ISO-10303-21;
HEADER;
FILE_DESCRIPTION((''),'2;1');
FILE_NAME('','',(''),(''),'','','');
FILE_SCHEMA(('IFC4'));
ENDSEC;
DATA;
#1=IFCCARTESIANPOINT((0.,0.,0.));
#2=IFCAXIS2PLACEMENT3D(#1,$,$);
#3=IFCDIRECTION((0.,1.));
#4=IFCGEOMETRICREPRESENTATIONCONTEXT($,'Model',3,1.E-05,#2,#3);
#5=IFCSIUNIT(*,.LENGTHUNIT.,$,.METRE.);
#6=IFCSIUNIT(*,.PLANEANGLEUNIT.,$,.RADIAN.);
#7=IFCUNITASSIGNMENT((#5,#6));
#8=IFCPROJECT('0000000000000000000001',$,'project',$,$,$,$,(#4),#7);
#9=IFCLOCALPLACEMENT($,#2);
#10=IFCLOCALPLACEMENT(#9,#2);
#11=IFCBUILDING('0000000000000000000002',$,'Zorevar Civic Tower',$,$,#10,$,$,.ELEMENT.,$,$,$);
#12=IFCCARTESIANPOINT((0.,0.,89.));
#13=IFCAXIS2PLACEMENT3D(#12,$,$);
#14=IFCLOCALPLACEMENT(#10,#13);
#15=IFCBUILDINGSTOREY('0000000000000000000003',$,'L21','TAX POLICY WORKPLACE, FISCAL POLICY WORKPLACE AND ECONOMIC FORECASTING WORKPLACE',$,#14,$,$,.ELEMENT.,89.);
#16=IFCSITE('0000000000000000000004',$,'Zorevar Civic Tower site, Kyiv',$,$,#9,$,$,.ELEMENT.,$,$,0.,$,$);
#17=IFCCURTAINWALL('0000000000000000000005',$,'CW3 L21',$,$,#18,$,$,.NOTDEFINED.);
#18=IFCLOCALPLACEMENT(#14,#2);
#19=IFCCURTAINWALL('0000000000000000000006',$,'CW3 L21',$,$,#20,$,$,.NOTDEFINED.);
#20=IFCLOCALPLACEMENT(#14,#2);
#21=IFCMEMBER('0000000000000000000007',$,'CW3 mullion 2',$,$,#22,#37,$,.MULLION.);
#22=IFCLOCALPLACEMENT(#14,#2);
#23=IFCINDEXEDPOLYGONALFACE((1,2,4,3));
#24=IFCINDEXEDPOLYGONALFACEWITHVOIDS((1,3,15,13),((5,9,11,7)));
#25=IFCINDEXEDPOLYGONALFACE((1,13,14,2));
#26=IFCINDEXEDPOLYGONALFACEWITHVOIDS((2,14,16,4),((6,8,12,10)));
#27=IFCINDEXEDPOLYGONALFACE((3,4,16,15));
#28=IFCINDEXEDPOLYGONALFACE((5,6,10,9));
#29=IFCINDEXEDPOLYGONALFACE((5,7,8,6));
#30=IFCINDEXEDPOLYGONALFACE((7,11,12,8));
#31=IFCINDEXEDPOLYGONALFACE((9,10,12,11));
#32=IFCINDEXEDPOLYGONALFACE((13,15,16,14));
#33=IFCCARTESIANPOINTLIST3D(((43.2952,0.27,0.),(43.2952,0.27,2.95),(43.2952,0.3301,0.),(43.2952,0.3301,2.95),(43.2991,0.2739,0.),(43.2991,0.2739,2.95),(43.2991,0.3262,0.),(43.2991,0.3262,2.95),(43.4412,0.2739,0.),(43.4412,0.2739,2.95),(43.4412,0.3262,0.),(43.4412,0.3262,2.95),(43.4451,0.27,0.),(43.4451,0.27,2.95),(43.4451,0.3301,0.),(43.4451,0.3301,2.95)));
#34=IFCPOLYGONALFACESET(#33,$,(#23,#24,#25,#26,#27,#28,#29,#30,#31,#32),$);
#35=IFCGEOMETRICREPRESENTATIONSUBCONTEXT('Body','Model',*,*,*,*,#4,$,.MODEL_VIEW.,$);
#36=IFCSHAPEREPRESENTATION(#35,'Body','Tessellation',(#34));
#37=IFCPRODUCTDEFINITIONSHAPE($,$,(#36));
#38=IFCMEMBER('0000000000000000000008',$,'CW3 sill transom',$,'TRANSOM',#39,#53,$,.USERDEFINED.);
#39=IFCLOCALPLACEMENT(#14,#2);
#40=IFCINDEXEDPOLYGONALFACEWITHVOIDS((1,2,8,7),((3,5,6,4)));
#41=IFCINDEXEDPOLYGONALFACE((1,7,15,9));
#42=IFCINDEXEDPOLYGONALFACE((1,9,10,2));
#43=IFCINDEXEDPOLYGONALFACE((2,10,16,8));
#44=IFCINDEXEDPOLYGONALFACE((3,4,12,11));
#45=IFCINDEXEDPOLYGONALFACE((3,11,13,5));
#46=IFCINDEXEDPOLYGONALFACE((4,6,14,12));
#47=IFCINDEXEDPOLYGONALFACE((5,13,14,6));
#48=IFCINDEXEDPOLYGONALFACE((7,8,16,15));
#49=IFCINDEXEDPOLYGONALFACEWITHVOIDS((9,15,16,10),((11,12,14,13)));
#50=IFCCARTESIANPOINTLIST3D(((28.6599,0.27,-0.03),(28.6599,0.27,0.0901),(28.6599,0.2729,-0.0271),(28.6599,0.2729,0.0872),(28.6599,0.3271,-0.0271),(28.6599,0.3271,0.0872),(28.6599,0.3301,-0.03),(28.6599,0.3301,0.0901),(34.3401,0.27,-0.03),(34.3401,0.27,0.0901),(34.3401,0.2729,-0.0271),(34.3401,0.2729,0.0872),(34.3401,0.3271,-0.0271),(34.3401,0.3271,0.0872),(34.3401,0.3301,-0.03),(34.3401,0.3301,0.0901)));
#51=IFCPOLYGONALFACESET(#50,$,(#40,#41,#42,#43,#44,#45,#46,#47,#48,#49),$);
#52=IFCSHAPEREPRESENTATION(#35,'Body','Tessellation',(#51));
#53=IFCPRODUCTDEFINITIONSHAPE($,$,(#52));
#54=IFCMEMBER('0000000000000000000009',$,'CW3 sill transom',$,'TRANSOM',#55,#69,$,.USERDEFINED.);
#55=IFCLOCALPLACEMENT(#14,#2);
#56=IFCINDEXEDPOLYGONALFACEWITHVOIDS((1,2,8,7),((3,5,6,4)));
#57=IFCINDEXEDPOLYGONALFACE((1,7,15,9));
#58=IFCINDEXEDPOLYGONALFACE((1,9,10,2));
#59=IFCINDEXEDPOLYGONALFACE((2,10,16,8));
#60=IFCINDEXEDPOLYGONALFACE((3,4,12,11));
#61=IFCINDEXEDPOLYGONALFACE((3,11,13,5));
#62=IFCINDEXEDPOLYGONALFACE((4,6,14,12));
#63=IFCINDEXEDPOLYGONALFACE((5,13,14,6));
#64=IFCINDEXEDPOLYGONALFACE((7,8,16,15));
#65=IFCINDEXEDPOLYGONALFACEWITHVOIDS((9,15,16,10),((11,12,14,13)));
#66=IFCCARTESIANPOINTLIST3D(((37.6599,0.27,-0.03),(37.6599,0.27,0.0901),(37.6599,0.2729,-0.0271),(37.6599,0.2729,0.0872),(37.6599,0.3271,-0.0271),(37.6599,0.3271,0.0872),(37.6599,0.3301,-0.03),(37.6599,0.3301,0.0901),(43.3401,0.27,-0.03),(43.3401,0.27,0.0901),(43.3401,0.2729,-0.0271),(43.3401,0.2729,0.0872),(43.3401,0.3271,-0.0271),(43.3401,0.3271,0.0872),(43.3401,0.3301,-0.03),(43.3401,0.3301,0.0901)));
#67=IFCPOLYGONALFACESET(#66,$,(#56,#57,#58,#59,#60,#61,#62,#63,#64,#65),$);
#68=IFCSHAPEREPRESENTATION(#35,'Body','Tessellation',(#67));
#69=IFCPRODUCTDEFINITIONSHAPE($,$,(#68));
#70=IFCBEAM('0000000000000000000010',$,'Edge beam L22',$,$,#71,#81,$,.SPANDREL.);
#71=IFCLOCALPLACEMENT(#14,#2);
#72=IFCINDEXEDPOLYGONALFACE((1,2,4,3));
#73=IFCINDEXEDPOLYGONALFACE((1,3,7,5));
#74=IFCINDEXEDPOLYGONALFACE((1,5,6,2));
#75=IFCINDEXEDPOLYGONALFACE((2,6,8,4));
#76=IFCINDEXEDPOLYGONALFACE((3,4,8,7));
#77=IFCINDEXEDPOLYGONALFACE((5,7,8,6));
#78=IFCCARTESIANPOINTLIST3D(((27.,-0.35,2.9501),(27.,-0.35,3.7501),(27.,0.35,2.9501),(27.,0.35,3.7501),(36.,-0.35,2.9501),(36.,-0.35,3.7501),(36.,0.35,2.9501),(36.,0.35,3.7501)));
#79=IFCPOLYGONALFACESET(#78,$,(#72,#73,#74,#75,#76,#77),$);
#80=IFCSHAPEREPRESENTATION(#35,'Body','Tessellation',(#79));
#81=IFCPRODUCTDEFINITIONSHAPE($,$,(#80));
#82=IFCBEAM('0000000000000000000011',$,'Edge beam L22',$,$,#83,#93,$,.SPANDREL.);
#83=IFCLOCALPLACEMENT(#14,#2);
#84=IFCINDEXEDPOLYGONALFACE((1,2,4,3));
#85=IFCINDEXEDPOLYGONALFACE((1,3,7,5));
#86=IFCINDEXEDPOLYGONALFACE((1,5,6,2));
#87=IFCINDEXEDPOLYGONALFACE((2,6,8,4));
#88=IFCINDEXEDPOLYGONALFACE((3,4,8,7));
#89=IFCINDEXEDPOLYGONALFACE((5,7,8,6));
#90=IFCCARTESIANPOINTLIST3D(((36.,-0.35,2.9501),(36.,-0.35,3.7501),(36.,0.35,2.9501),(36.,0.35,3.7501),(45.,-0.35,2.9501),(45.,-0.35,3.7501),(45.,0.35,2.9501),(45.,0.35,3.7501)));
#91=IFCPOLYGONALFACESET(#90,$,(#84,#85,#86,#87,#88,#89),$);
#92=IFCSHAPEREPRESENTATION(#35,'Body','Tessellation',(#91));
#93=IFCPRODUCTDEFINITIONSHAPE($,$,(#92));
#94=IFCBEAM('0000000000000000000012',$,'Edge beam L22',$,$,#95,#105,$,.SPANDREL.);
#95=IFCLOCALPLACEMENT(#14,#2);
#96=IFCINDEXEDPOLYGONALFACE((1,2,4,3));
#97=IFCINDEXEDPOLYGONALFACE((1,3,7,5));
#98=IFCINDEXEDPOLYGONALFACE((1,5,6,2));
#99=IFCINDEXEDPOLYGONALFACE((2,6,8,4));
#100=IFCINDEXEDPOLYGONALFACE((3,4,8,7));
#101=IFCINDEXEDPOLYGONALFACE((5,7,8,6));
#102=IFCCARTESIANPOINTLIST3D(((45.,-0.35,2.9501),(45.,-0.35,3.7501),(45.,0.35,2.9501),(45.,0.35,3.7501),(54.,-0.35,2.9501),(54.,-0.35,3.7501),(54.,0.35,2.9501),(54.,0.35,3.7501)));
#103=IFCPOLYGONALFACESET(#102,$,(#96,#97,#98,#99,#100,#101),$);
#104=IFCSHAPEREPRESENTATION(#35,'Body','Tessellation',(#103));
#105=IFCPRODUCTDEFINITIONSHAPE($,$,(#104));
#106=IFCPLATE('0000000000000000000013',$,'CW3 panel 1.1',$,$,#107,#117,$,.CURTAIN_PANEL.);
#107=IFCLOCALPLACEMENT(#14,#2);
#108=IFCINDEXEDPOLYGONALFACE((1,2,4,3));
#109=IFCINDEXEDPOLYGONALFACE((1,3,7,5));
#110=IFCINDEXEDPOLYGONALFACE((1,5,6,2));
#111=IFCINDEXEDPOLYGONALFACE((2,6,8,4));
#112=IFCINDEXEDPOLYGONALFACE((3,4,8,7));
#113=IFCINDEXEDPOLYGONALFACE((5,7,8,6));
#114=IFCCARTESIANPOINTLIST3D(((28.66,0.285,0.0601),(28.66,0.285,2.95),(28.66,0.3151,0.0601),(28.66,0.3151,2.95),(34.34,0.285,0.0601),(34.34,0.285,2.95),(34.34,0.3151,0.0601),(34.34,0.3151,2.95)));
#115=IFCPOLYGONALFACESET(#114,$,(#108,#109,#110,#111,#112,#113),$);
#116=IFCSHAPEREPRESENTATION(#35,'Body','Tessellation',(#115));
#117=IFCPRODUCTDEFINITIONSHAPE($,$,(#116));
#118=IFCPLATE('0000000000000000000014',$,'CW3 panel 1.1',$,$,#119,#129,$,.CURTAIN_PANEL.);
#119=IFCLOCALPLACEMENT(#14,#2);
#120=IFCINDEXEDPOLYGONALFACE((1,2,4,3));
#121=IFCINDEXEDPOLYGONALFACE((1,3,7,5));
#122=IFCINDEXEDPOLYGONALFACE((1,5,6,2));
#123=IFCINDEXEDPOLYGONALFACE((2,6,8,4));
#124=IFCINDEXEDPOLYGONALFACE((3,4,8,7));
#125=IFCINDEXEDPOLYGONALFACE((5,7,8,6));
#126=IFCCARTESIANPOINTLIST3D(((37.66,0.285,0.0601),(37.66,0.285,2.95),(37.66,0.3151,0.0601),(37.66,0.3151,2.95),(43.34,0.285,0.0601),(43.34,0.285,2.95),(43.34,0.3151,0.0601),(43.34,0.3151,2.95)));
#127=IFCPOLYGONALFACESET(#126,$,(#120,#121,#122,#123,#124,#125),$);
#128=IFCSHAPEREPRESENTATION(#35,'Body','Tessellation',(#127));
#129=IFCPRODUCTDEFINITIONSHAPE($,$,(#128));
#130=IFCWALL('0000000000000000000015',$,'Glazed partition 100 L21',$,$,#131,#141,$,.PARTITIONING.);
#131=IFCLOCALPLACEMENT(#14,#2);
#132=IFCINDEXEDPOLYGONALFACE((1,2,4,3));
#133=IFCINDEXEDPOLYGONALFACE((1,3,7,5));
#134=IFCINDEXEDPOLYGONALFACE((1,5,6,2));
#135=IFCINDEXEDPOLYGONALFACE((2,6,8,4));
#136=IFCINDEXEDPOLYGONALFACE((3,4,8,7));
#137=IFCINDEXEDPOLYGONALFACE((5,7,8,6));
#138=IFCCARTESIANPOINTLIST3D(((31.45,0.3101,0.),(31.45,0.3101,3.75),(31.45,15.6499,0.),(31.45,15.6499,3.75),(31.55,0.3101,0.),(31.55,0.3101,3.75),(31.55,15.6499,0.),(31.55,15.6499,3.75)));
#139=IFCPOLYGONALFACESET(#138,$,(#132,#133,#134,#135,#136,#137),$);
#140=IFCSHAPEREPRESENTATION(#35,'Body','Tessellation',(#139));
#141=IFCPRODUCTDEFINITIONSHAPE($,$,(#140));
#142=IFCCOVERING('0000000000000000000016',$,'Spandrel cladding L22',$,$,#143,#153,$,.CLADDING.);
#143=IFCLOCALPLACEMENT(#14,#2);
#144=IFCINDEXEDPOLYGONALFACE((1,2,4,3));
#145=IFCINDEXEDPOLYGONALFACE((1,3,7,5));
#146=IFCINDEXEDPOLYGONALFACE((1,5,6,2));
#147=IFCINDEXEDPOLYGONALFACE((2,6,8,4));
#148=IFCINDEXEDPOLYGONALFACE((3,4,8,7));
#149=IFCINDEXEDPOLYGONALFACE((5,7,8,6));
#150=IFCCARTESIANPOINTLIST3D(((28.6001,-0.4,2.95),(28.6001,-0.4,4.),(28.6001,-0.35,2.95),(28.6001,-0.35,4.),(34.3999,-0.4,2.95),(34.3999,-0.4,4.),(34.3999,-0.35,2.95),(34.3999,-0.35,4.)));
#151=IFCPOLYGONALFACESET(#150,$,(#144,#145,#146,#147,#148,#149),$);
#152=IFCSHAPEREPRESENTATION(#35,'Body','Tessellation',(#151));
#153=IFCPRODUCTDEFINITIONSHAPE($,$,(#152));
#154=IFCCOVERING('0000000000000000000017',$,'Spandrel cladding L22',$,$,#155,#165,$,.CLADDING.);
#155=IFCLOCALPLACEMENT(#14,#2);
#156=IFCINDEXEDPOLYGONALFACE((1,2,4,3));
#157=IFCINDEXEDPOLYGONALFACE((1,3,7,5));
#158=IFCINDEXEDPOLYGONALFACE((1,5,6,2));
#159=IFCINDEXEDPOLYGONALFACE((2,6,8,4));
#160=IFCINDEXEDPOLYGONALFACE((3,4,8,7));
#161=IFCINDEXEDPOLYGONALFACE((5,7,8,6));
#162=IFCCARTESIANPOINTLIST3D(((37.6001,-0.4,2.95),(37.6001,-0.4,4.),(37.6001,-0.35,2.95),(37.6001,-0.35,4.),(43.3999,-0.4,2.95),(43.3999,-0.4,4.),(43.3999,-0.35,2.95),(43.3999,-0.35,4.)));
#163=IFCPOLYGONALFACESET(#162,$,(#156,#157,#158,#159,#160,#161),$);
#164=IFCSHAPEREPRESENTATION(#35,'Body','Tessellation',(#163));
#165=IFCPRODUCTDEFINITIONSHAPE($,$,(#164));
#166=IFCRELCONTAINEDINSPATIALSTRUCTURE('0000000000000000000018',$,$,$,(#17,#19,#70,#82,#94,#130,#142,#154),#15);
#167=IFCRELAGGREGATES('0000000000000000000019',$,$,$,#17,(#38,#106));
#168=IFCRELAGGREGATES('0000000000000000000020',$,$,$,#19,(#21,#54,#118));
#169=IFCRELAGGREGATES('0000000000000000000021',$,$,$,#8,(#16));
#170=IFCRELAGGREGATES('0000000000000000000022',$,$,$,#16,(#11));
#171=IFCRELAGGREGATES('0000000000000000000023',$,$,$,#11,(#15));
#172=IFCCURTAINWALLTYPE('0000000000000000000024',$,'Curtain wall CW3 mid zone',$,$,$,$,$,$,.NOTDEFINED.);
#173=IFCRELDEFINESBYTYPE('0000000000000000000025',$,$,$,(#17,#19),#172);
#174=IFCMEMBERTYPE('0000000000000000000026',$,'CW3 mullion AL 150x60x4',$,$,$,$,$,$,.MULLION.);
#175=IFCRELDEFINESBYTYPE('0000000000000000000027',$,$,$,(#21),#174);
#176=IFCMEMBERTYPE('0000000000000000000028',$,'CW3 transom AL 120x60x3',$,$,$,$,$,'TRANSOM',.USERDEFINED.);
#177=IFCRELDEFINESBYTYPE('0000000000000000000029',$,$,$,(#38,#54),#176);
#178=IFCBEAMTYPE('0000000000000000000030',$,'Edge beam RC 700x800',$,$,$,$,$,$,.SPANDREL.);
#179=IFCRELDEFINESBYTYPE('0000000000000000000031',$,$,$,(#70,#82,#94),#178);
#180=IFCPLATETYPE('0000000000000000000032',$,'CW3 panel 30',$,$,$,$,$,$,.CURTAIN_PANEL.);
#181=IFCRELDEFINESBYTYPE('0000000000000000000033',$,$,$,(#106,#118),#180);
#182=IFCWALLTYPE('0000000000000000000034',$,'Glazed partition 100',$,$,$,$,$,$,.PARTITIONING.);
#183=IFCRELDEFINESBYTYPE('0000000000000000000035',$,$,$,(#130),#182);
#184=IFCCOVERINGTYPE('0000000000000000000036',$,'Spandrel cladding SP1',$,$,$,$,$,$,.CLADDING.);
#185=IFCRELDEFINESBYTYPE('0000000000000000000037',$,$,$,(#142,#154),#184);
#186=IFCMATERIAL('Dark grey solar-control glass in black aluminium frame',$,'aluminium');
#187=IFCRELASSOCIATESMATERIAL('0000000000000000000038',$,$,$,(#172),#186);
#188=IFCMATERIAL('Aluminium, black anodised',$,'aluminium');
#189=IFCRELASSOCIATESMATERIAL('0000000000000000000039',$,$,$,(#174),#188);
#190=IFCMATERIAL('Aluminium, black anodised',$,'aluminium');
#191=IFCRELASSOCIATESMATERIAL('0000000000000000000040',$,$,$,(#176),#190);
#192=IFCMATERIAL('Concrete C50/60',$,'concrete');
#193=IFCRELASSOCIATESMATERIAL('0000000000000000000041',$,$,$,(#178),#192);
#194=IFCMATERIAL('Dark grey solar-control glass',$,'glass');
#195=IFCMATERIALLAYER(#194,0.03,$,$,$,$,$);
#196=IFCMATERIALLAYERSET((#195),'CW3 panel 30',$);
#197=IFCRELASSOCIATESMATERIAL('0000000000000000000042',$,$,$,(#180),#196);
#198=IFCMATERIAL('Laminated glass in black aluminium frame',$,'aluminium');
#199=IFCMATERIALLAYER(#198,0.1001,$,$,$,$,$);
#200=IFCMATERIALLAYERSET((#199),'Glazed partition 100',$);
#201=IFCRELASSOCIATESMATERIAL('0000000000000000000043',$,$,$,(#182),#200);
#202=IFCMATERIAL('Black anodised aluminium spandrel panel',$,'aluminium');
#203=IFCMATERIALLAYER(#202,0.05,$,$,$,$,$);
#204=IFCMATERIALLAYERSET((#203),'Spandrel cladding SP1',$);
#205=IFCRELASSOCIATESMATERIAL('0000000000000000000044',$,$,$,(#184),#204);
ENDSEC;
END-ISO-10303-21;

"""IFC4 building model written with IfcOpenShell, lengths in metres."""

from ifc_helpers import new_model, si_unit, direction, frame, frame_2d, origin, origin_2d, place, context, subcontext, project, spatial, rectangle, hollow_rectangle, extrude, material, layer, layer_set, material_profile, profile_set, type_object, element, aggregate, save


model = new_model("IFC4")

# Units and contexts
model_context = context("Model", 3, precision=1e-05, world=origin(), true_north=direction((0.0, 1.0)))
body_context = subcontext(model_context, "Body", "Model", "MODEL_VIEW")
ifc_project = project(units=[si_unit("LENGTHUNIT", "METRE"), si_unit("PLANEANGLEUNIT", "RADIAN")], contexts=[model_context])

# Site, building, storey
site_placement = place(None, origin())
site = spatial("IfcSite", under=ifc_project, at=site_placement, Name="Zorevar Civic Tower site, Kyiv", CompositionType="ELEMENT", RefElevation=0.0)
building_placement = place(site_placement, origin())
building = spatial("IfcBuilding", under=site, at=building_placement, Name="Zorevar Civic Tower", CompositionType="ELEMENT")
storey_placement = place(building_placement, frame((0.0, 0.0, 89.0)))
storey = spatial("IfcBuildingStorey", under=building, at=storey_placement, Name="L21", Description="TAX POLICY WORKPLACE, FISCAL POLICY WORKPLACE AND ECONOMIC FORECASTING WORKPLACE", CompositionType="ELEMENT", Elevation=89.0)

# Curtain walls, member
ifc_material_1 = material(Name="Dark grey solar-control glass in black aluminium frame", Category="aluminium")
curtain_wall_type = type_object("IfcCurtainWallType", Name="Curtain wall CW3 mid zone", PredefinedType="NOTDEFINED", material=ifc_material_1)
curtain_wall_1_placement = place(storey_placement, origin())
curtain_wall_1 = element("IfcCurtainWall", 1, at=curtain_wall_1_placement, inside=storey, type_object=curtain_wall_type, Name="CW3 L21", PredefinedType="NOTDEFINED")
ifc_material_2 = material(Name="Aluminium, black anodised", Category="aluminium")
ifc_material_profile_1 = material_profile(ifc_material_2, hollow_rectangle(XDim=0.0601, YDim=0.1499, WallThickness=0.0039, at=origin_2d()), Name="AL 150x60x4")
ifc_profile_set_1 = profile_set([ifc_material_profile_1], Name="Aluminium, black anodised")
member_type_1 = type_object("IfcMemberType", Name="CW3 mullion AL 150x60x4", PredefinedType="MULLION", material=ifc_profile_set_1)
curtain_wall_2_placement = place(storey_placement, origin())
curtain_wall_2 = element("IfcCurtainWall", 2, at=curtain_wall_2_placement, inside=storey, type_object=curtain_wall_type, Name="CW3 L21", PredefinedType="NOTDEFINED")
member_1_placement = place(storey_placement, frame((43.3701, 0.3, 0.0), z_axis=(0.0, 0.0, 1.0), x_axis=(0.0, 1.0, 0.0)))
member_1 = element("IfcMember", 3, at=member_1_placement, type_object=member_type_1, Name="CW3 mullion 2", PredefinedType="MULLION", context=body_context, shape_type="SweptSolid", body=[
    extrude(hollow_rectangle(XDim=0.0601, YDim=0.1499, WallThickness=0.0039, at=origin_2d()), origin(), (0.0, 0.0, 1.0), 2.95),
])

# Members
ifc_material_3 = material(Name="Aluminium, black anodised", Category="aluminium")
ifc_material_profile_2 = material_profile(ifc_material_3, hollow_rectangle(XDim=0.0601, YDim=0.1201, WallThickness=0.0029, at=origin_2d()), Name="AL 120x60x3")
ifc_profile_set_2 = profile_set([ifc_material_profile_2], Name="Aluminium, black anodised")
member_type_2 = type_object("IfcMemberType", Name="CW3 transom AL 120x60x3", ElementType="TRANSOM", PredefinedType="USERDEFINED", material=ifc_profile_set_2)
member_2_placement = place(storey_placement, frame((28.6599, 0.3, 0.03), z_axis=(1.0, 0.0, 0.0), x_axis=(0.0, 1.0, 0.0)))
member_2 = element("IfcMember", 4, at=member_2_placement, type_object=member_type_2, Name="CW3 sill transom", ObjectType="TRANSOM", PredefinedType="USERDEFINED", context=body_context, shape_type="SweptSolid", body=[
    extrude(hollow_rectangle(XDim=0.0601, YDim=0.1201, WallThickness=0.0029, at=origin_2d()), origin(), (0.0, 0.0, 1.0), 5.6802),
])
member_3_placement = place(storey_placement, frame((37.6599, 0.3, 0.03), z_axis=(1.0, 0.0, 0.0), x_axis=(0.0, 1.0, 0.0)))
member_3 = element("IfcMember", 5, at=member_3_placement, type_object=member_type_2, Name="CW3 sill transom", ObjectType="TRANSOM", PredefinedType="USERDEFINED", context=body_context, shape_type="SweptSolid", body=[
    extrude(hollow_rectangle(XDim=0.0601, YDim=0.1201, WallThickness=0.0029, at=origin_2d()), origin(), (0.0, 0.0, 1.0), 5.6802),
])

# Beams
ifc_material_4 = material(Name="Concrete C50/60", Category="concrete")
ifc_material_profile_3 = material_profile(ifc_material_4, rectangle(XDim=0.7, YDim=0.8, at=origin_2d()), Name="RC 700x800")
ifc_profile_set_3 = profile_set([ifc_material_profile_3], Name="Concrete C50/60")
beam_type_1 = type_object("IfcBeamType", Name="Edge beam RC 700x800", PredefinedType="SPANDREL", material=ifc_profile_set_3)
for number, where, z_axis, x_axis, name in (
    (6, (27.0, 0.0, 3.3501), (1.0, 0.0, 0.0), (0.0, 1.0, 0.0), "Edge beam L22"),
    (7, (36.0, 0.0, 3.3501), (1.0, 0.0, 0.0), (0.0, 1.0, 0.0), "Edge beam L22"),
    (8, (45.0, 0.0, 3.3501), (1.0, 0.0, 0.0), (0.0, 1.0, 0.0), "Edge beam L22"),
):
    element("IfcBeam", number, at=place(storey_placement, frame(where, z_axis=z_axis, x_axis=x_axis)), inside=storey, type_object=beam_type_1, Name=name, PredefinedType="SPANDREL", context=body_context, shape_type="SweptSolid", body=[
        extrude(rectangle(XDim=0.7, YDim=0.8, at=origin_2d()), origin(), (0.0, 0.0, 1.0), 9.0),
    ])

# Plates
ifc_material_5 = material(Name="Dark grey solar-control glass", Category="glass")
ifc_layer_1 = layer(ifc_material_5, 0.03)
ifc_layer_set_1 = layer_set([ifc_layer_1], Name="CW3 panel 30")
plate_type = type_object("IfcPlateType", Name="CW3 panel 30", PredefinedType="CURTAIN_PANEL", material=ifc_layer_set_1)
plate_1_placement = place(storey_placement, frame((31.5, 0.3, 0.0601), z_axis=(0.0, 0.0, 1.0), x_axis=(1.0, 0.0, 0.0)))
plate_1 = element("IfcPlate", 9, at=plate_1_placement, type_object=plate_type, Name="CW3 panel 1.1", PredefinedType="CURTAIN_PANEL", context=body_context, shape_type="SweptSolid", body=[
    extrude(rectangle(XDim=5.6799, YDim=0.03, at=origin_2d()), origin(), (0.0, 0.0, 1.0), 2.8899),
])
aggregate(curtain_wall_1, [member_2, plate_1])
plate_2_placement = place(storey_placement, frame((40.5, 0.3, 0.0601), z_axis=(0.0, 0.0, 1.0), x_axis=(1.0, 0.0, 0.0)))
plate_2 = element("IfcPlate", 10, at=plate_2_placement, type_object=plate_type, Name="CW3 panel 1.1", PredefinedType="CURTAIN_PANEL", context=body_context, shape_type="SweptSolid", body=[
    extrude(rectangle(XDim=5.6799, YDim=0.03, at=origin_2d()), origin(), (0.0, 0.0, 1.0), 2.8899),
])
aggregate(curtain_wall_2, [member_1, member_3, plate_2])

# Wall
ifc_material_6 = material(Name="Laminated glass in black aluminium frame", Category="aluminium")
ifc_layer_2 = layer(ifc_material_6, 0.1001)
ifc_layer_set_2 = layer_set([ifc_layer_2], Name="Glazed partition 100")
wall_type = type_object("IfcWallType", Name="Glazed partition 100", PredefinedType="PARTITIONING", material=ifc_layer_set_2)
wall_placement = place(storey_placement, frame((31.5, 0.3101, 0.0), z_axis=(0.0, 0.0, 1.0), x_axis=(0.0, 1.0, 0.0)))
element("IfcWall", 11, at=wall_placement, inside=storey, type_object=wall_type, Name="Glazed partition 100 L21", PredefinedType="PARTITIONING", context=body_context, shape_type="SweptSolid", body=[
    extrude(rectangle(XDim=15.3398, YDim=0.1001, at=frame_2d((7.6699, 0.0))), origin(), (0.0, 0.0, 1.0), 3.75),
])

# Coverings
ifc_material_7 = material(Name="Black anodised aluminium spandrel panel", Category="aluminium")
ifc_layer_3 = layer(ifc_material_7, 0.05)
ifc_layer_set_3 = layer_set([ifc_layer_3], Name="Spandrel cladding SP1")
covering_type = type_object("IfcCoveringType", Name="Spandrel cladding SP1", PredefinedType="CLADDING", material=ifc_layer_set_3)
for number, where, z_axis, x_axis, name in (
    (12, (28.6001, -0.375, 2.95), (0.0, 0.0, 1.0), (1.0, 0.0, 0.0), "Spandrel cladding L22"),
    (13, (37.6001, -0.375, 2.95), (0.0, 0.0, 1.0), (1.0, 0.0, 0.0), "Spandrel cladding L22"),
):
    element("IfcCovering", number, at=place(storey_placement, frame(where, z_axis=z_axis, x_axis=x_axis)), inside=storey, type_object=covering_type, Name=name, PredefinedType="CLADDING", context=body_context, shape_type="SweptSolid", body=[
        extrude(rectangle(XDim=5.7998, YDim=0.05, at=frame_2d((2.8999, 0.0))), origin(), (0.0, 0.0, 1.0), 1.05),
    ])

save(model, "model.ifc")
